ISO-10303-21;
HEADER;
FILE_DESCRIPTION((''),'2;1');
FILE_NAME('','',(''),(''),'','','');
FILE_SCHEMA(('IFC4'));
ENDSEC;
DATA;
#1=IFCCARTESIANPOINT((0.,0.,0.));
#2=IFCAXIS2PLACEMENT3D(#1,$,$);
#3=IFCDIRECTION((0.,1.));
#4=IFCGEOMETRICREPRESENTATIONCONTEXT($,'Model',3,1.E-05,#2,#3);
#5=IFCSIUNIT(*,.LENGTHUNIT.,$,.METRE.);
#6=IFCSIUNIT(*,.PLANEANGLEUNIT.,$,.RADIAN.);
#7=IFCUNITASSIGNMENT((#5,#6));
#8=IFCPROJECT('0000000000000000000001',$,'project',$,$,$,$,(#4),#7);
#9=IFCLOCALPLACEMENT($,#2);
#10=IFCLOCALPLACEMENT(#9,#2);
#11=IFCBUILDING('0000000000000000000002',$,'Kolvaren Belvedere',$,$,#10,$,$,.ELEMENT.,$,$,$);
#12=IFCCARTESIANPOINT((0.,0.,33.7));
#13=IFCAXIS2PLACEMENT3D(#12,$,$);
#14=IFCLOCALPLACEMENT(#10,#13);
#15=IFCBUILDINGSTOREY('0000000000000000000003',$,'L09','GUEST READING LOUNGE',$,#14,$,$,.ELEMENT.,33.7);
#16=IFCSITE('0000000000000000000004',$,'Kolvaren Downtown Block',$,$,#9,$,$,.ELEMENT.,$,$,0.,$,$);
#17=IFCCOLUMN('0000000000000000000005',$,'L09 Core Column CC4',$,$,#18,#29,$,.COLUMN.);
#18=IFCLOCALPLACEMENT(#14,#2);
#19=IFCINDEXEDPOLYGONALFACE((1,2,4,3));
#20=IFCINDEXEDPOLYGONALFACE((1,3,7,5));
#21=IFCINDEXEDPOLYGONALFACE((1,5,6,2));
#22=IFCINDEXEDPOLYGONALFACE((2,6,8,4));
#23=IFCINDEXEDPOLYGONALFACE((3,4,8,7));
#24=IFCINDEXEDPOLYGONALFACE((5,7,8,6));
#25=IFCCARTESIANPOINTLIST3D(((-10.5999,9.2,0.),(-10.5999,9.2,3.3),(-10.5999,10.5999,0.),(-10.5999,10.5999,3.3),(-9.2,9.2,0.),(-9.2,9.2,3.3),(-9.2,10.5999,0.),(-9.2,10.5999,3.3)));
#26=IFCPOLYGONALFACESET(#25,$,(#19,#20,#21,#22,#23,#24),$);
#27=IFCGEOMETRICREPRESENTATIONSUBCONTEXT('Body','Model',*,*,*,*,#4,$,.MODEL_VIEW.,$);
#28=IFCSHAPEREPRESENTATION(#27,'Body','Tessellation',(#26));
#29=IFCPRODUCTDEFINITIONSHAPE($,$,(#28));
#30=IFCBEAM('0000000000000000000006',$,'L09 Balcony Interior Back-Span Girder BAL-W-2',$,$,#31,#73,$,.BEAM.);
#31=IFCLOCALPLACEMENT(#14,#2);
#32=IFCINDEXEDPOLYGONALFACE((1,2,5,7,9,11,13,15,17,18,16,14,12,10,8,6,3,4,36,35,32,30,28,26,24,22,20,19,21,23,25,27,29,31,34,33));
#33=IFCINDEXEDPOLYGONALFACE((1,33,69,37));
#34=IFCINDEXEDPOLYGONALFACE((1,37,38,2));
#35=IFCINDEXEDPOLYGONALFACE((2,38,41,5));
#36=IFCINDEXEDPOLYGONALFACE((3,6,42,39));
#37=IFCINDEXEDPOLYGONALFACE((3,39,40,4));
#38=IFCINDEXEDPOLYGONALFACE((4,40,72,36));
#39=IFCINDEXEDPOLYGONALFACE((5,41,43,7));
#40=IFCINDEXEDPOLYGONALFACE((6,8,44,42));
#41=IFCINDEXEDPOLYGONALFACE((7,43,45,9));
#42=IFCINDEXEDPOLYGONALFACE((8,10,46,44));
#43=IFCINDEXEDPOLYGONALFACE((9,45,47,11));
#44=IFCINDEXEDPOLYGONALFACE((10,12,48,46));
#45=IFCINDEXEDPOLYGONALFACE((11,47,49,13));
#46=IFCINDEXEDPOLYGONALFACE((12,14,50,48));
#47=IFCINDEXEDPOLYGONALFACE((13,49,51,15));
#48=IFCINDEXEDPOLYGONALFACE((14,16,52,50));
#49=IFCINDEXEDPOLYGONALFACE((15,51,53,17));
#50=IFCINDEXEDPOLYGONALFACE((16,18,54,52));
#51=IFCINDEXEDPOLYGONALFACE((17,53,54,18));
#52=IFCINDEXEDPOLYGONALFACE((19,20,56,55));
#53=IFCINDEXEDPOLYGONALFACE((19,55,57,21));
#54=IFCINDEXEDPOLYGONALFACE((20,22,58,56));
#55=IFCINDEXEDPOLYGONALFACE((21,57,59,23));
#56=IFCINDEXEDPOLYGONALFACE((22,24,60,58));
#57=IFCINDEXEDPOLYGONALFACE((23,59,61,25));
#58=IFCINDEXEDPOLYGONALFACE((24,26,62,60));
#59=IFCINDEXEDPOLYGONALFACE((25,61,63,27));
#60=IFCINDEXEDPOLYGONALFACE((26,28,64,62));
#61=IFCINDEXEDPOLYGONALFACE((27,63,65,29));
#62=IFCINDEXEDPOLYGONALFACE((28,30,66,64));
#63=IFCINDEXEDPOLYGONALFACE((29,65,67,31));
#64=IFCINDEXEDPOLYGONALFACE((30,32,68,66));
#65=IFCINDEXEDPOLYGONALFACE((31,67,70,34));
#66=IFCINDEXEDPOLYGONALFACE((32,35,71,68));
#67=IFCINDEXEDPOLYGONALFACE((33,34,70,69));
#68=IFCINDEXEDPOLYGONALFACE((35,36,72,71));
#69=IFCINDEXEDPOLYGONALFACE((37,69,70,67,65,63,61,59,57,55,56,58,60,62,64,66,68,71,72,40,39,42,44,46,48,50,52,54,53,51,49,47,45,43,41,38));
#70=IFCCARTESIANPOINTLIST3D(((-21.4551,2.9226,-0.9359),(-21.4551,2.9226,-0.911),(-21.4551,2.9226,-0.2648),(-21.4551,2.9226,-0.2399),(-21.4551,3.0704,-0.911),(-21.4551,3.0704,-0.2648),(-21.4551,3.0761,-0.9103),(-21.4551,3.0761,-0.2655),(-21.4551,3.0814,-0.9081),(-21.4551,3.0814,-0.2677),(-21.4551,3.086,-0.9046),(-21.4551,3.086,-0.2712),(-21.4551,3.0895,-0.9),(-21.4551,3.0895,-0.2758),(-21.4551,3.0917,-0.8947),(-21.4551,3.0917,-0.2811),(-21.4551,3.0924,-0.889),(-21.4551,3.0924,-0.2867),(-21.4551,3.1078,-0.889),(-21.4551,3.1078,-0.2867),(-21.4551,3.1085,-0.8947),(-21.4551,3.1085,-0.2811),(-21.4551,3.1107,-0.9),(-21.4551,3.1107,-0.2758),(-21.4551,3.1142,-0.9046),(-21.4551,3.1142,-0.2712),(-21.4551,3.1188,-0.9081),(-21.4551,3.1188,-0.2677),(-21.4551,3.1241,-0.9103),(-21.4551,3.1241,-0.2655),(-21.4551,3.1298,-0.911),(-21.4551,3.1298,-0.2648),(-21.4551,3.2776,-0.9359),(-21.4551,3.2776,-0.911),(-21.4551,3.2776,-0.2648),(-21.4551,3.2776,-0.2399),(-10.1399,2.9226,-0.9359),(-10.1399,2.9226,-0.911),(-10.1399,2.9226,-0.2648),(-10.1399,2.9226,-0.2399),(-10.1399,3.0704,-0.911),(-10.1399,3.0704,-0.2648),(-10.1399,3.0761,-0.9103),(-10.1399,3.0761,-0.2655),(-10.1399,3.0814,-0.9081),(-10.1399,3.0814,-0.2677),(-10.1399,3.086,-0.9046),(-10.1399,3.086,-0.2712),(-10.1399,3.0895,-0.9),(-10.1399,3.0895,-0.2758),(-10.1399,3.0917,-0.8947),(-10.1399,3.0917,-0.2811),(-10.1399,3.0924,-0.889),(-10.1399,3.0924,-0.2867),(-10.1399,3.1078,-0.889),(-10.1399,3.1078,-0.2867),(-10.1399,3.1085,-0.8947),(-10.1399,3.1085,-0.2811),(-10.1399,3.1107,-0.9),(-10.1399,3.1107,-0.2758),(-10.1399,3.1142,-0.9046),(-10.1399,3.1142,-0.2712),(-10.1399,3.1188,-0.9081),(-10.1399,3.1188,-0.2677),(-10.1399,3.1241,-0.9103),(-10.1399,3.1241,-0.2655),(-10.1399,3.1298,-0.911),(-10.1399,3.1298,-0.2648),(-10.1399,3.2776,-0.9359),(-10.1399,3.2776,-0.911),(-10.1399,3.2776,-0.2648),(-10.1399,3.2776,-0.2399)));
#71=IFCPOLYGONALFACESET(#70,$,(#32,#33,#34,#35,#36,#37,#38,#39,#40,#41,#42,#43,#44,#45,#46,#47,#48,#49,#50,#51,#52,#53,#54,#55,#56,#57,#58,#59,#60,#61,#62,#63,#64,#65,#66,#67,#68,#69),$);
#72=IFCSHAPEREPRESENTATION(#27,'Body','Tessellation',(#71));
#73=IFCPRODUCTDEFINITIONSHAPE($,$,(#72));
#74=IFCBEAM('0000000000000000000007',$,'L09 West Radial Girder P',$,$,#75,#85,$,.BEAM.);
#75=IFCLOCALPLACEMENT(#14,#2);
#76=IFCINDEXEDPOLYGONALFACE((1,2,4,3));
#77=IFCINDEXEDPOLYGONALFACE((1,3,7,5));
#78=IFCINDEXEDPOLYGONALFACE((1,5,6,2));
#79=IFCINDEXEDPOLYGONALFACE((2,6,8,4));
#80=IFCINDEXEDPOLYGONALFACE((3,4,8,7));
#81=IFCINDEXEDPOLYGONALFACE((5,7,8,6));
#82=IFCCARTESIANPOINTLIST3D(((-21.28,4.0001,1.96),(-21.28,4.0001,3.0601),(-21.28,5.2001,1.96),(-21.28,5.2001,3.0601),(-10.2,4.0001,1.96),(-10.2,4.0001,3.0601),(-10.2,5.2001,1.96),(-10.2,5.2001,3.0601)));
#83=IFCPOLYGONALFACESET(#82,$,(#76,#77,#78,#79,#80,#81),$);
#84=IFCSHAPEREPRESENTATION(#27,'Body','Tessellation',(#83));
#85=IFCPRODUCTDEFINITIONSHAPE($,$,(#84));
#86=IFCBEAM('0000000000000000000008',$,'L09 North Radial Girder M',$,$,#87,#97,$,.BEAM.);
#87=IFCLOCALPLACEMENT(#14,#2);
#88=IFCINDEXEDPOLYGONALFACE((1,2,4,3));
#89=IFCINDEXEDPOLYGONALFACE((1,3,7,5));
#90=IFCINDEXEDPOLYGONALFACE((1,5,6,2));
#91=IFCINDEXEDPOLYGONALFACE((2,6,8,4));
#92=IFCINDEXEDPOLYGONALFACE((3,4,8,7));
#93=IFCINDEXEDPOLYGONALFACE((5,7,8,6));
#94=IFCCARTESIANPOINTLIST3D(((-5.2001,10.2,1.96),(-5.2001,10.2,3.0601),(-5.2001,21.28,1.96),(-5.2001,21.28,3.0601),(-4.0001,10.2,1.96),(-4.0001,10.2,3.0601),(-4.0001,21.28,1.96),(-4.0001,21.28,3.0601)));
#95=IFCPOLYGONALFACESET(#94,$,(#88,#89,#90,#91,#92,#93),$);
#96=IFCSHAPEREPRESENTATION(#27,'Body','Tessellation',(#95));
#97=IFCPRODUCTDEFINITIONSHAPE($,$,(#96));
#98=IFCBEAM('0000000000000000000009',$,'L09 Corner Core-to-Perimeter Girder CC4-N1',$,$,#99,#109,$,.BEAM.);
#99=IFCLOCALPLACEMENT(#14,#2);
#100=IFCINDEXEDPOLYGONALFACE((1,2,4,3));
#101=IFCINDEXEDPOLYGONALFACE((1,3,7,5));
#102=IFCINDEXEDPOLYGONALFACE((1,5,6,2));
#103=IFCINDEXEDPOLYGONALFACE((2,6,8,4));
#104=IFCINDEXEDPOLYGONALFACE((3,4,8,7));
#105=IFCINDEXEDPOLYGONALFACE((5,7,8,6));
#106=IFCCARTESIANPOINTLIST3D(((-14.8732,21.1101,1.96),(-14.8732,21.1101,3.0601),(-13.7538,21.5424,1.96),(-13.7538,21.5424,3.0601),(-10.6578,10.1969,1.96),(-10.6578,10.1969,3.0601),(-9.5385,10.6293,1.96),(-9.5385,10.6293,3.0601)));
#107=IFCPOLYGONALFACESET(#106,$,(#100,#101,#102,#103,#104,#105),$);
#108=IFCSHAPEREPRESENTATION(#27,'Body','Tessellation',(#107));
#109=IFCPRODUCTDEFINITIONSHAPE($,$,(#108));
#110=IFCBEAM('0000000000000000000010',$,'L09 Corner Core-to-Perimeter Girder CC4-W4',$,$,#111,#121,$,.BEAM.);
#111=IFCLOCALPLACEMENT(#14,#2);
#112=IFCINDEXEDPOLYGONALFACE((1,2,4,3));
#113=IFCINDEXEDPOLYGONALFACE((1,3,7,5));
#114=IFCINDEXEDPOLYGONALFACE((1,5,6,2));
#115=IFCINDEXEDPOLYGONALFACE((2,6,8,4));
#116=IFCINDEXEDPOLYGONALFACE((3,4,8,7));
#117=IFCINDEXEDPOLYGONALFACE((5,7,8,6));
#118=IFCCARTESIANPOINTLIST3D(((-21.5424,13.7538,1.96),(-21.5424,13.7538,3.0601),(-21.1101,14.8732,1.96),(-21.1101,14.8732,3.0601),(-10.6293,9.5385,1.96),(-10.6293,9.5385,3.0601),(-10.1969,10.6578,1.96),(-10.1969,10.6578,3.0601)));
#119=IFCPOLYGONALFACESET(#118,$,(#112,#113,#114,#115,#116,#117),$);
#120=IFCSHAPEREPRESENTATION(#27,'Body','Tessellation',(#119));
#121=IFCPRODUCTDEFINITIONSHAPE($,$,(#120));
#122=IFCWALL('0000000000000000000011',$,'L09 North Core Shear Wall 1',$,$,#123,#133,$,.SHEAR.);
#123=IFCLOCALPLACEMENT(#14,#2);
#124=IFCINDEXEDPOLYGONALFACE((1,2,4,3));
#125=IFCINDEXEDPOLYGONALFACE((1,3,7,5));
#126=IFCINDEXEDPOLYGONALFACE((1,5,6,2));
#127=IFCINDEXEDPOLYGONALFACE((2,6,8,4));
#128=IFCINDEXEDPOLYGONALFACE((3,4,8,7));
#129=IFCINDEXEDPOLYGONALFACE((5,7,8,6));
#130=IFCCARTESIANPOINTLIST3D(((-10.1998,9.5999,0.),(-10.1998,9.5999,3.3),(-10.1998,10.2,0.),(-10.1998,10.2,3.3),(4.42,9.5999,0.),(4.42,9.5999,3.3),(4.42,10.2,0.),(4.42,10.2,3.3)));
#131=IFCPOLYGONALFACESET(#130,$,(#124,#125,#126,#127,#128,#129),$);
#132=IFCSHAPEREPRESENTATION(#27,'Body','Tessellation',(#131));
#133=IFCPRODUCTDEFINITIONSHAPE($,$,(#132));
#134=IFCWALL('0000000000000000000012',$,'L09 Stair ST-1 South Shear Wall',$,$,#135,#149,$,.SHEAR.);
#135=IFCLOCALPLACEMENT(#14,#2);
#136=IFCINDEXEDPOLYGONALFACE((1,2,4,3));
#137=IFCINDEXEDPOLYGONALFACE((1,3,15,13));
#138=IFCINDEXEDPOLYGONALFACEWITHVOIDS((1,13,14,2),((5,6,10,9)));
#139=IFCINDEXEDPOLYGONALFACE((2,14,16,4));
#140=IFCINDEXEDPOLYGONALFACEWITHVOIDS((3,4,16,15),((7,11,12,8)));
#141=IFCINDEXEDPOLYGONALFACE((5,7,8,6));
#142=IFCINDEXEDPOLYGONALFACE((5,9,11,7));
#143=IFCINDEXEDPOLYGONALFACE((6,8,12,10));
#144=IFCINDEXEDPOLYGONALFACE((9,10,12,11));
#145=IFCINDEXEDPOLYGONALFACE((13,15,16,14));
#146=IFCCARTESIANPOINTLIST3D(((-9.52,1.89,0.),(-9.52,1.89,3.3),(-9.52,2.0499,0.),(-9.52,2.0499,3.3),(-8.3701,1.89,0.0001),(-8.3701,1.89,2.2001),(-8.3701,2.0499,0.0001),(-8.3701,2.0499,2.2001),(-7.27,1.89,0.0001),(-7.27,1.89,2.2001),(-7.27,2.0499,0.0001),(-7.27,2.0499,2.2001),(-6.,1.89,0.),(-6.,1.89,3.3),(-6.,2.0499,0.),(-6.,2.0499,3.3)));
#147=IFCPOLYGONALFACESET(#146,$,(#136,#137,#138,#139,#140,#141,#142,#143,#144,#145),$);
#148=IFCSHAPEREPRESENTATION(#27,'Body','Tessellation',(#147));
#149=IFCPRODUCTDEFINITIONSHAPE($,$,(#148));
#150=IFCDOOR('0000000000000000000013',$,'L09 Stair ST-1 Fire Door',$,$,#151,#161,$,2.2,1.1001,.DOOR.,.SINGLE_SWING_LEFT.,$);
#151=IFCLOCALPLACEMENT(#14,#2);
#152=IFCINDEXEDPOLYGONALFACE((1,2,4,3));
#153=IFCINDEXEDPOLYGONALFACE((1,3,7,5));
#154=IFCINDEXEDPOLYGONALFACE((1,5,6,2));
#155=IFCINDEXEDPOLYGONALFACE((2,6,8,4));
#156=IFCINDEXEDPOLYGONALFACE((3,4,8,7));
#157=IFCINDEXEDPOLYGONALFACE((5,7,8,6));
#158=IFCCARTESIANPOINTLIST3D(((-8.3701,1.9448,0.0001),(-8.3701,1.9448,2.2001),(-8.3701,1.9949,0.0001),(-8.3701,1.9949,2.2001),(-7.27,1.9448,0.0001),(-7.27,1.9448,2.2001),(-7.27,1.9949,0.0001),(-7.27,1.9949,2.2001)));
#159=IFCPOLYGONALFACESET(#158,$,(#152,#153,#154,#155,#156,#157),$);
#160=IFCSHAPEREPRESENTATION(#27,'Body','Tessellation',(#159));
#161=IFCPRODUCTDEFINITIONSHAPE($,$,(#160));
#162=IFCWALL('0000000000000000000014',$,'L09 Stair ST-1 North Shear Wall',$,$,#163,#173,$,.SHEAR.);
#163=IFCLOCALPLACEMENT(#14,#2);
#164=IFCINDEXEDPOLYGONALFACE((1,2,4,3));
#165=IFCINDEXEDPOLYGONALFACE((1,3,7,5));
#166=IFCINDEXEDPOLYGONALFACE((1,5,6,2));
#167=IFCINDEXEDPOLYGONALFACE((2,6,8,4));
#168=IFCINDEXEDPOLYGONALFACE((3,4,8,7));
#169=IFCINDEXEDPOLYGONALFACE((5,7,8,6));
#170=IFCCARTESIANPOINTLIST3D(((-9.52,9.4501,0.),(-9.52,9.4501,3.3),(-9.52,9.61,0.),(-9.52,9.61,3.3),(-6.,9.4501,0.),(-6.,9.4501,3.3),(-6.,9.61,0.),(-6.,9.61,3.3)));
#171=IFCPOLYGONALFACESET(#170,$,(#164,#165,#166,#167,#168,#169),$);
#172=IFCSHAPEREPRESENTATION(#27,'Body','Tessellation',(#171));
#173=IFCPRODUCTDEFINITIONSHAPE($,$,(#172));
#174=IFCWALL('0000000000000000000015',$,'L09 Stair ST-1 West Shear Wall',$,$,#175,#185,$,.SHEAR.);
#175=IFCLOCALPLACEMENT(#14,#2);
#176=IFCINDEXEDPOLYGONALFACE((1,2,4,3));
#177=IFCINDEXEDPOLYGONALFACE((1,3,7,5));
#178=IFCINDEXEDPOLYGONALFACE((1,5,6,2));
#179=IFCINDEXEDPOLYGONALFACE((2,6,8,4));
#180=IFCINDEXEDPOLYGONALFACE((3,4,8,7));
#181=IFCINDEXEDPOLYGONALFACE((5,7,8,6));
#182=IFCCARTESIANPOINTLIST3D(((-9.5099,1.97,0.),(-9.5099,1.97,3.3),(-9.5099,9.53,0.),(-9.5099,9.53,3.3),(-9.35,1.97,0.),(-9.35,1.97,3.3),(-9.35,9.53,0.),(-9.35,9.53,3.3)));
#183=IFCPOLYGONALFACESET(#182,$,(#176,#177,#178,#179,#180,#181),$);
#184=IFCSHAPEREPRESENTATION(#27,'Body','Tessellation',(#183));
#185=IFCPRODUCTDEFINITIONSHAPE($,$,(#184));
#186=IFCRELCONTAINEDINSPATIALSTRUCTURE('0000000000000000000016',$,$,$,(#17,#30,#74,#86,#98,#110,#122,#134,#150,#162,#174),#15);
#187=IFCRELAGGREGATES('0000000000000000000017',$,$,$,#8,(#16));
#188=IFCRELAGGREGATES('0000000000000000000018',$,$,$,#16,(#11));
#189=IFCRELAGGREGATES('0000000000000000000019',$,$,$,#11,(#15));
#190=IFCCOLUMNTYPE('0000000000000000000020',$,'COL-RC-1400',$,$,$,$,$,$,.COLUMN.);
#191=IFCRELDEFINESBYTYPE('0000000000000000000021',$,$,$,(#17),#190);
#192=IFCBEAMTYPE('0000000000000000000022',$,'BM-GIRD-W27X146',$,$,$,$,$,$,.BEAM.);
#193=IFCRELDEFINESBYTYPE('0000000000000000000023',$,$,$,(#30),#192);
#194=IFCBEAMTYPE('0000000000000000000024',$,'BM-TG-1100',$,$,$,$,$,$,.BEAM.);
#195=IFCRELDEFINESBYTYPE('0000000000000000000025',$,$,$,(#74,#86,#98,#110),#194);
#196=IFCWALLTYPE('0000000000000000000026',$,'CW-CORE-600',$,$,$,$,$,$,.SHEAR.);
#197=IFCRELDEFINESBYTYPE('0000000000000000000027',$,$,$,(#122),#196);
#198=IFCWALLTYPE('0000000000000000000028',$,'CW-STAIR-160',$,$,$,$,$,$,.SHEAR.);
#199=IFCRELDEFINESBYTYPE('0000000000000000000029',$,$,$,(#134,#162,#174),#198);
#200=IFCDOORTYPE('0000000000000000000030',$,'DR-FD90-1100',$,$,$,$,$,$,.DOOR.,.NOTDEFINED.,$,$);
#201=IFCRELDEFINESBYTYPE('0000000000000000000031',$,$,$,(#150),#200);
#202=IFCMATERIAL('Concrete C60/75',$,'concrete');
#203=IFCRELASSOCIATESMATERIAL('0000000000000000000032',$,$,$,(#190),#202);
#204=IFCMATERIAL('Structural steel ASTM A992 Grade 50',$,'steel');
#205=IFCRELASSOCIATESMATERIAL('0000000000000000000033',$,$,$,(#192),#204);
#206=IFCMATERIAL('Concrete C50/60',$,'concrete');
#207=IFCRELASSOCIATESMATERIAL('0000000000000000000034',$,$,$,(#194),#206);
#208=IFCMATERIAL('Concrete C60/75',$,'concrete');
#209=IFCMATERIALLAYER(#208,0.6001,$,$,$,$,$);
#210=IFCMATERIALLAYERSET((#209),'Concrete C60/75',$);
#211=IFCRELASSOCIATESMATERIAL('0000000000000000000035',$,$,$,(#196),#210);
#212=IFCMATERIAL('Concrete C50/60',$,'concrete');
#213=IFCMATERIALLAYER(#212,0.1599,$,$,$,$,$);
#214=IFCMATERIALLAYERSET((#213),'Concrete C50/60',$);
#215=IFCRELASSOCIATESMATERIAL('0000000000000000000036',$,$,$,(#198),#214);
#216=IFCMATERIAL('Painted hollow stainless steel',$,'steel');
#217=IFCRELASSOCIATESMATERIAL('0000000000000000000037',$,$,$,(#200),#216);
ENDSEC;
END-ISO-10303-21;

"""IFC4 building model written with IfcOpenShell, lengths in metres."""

from ifc_helpers import new_model, si_unit, direction, frame, frame_2d, origin, origin_2d, place, context, subcontext, project, spatial, rectangle, i_section, extrude, material, layer, layer_set, material_profile, profile_set, type_object, element, fill, save


model = new_model("IFC4")

# Units and contexts
model_context = context("Model", 3, precision=1e-05, world=origin(), true_north=direction((0.0, 1.0)))
body_context = subcontext(model_context, "Body", "Model", "MODEL_VIEW")
ifc_project = project(units=[si_unit("LENGTHUNIT", "METRE"), si_unit("PLANEANGLEUNIT", "RADIAN")], contexts=[model_context])

# Site, building, storey
site_placement = place(None, origin())
site = spatial("IfcSite", under=ifc_project, at=site_placement, Name="Kolvaren Downtown Block", CompositionType="ELEMENT", RefElevation=0.0)
building_placement = place(site_placement, origin())
building = spatial("IfcBuilding", under=site, at=building_placement, Name="Kolvaren Belvedere", CompositionType="ELEMENT")
storey_placement = place(building_placement, frame((0.0, 0.0, 33.7)))
storey = spatial("IfcBuildingStorey", under=building, at=storey_placement, Name="L09", Description="GUEST READING LOUNGE", CompositionType="ELEMENT", Elevation=33.7)

# Column
ifc_material_1 = material(Name="Concrete C60/75", Category="concrete")
ifc_material_profile_1 = material_profile(ifc_material_1, rectangle(XDim=1.3999, YDim=1.3999, at=origin_2d()), Name="RC 1400X1400")
ifc_profile_set_1 = profile_set([ifc_material_profile_1], Name="Concrete C60/75")
column_type = type_object("IfcColumnType", Name="COL-RC-1400", PredefinedType="COLUMN", material=ifc_profile_set_1)
column_placement = place(storey_placement, frame((-9.8999, 9.8999, 0.0), z_axis=(0.0, 0.0, 1.0), x_axis=(1.0, 0.0, 0.0)))
element("IfcColumn", 1, at=column_placement, inside=storey, type_object=column_type, Name="L09 Core Column CC4", PredefinedType="COLUMN", context=body_context, shape_type="SweptSolid", body=[
    extrude(rectangle(XDim=1.3999, YDim=1.3999, at=origin_2d()), origin(), (0.0, 0.0, 1.0), 3.3),
])

# Beams
ifc_material_2 = material(Name="Structural steel ASTM A992 Grade 50", Category="steel")
ifc_material_profile_2 = material_profile(ifc_material_2, i_section(OverallWidth=0.355, OverallDepth=0.696, WebThickness=0.0154, FlangeThickness=0.0249, FilletRadius=0.022, at=origin_2d()), Name="W27X146")
ifc_profile_set_2 = profile_set([ifc_material_profile_2], Name="Structural steel ASTM A992 Grade 50")
beam_type_1 = type_object("IfcBeamType", Name="BM-GIRD-W27X146", PredefinedType="BEAM", material=ifc_profile_set_2)
beam_placement = place(storey_placement, frame((-10.1399, 3.1001, -0.5879), z_axis=(-1.0, 0.0, 0.0), x_axis=(0.0, -1.0, 0.0)))
element("IfcBeam", 2, at=beam_placement, inside=storey, type_object=beam_type_1, Name="L09 Balcony Interior Back-Span Girder BAL-W-2", PredefinedType="BEAM", context=body_context, shape_type="SweptSolid", body=[
    extrude(i_section(OverallWidth=0.355, OverallDepth=0.696, WebThickness=0.0154, FlangeThickness=0.0249, FilletRadius=0.022, at=origin_2d()), origin(), (0.0, 0.0, 1.0), 11.3152),
])
ifc_material_3 = material(Name="Concrete C50/60", Category="concrete")
ifc_material_profile_3 = material_profile(ifc_material_3, rectangle(XDim=1.2, YDim=1.1001, at=origin_2d()), Name="RC 1200X1100")
ifc_profile_set_3 = profile_set([ifc_material_profile_3], Name="Concrete C50/60")
beam_type_2 = type_object("IfcBeamType", Name="BM-TG-1100", PredefinedType="BEAM", material=ifc_profile_set_3)
for number, where, z_axis, x_axis, name in (
    (3, (-10.2, 4.6001, 2.51), (-1.0, 0.0, 0.0), (0.0, -1.0, 0.0), "L09 West Radial Girder P"),
    (4, (-4.6001, 10.2, 2.51), (0.0, 1.0, 0.0), (-1.0, 0.0, 0.0), "L09 North Radial Girder M"),
):
    element("IfcBeam", number, at=place(storey_placement, frame(where, z_axis=z_axis, x_axis=x_axis)), inside=storey, type_object=beam_type_2, Name=name, PredefinedType="BEAM", context=body_context, shape_type="SweptSolid", body=[
        extrude(rectangle(XDim=1.2, YDim=1.1001, at=origin_2d()), origin(), (0.0, 0.0, 1.0), 11.0801),
    ])
for number, where, z_axis, x_axis, name in (
    (5, (-10.0981, 10.4131, 2.51), (-0.360318, 0.932829, 0.0), (-0.932829, -0.360318, 0.0), "L09 Corner Core-to-Perimeter Girder CC4-N1"),
    (6, (-10.4131, 10.0981, 2.51), (-0.932829, 0.360318, 0.0), (-0.360318, -0.932829, 0.0), "L09 Corner Core-to-Perimeter Girder CC4-W4"),
):
    element("IfcBeam", number, at=place(storey_placement, frame(where, z_axis=z_axis, x_axis=x_axis)), inside=storey, type_object=beam_type_2, Name=name, PredefinedType="BEAM", context=body_context, shape_type="SweptSolid", body=[
        extrude(rectangle(XDim=1.2, YDim=1.1001, at=origin_2d()), origin(), (0.0, 0.0, 1.0), 11.699),
    ])

# Wall
ifc_material_4 = material(Name="Concrete C60/75", Category="concrete")
ifc_layer_1 = layer(ifc_material_4, 0.6001)
ifc_layer_set_1 = layer_set([ifc_layer_1], Name="Concrete C60/75")
wall_type_1 = type_object("IfcWallType", Name="CW-CORE-600", PredefinedType="SHEAR", material=ifc_layer_set_1)
wall_1_placement = place(storey_placement, frame((-10.2, 9.8999, 0.0), z_axis=(0.0, 0.0, 1.0), x_axis=(1.0, 0.0, 0.0)))
element("IfcWall", 7, at=wall_1_placement, inside=storey, type_object=wall_type_1, Name="L09 North Core Shear Wall 1", PredefinedType="SHEAR", context=body_context, shape_type="SweptSolid", body=[
    extrude(rectangle(XDim=14.6199, YDim=0.6001, at=frame_2d((7.3101, 0.0))), origin(), (0.0, 0.0, 1.0), 3.3),
])

# Wall, opening, door
ifc_material_5 = material(Name="Concrete C50/60", Category="concrete")
ifc_layer_2 = layer(ifc_material_5, 0.1599)
ifc_layer_set_2 = layer_set([ifc_layer_2], Name="Concrete C50/60")
wall_type_2 = type_object("IfcWallType", Name="CW-STAIR-160", PredefinedType="SHEAR", material=ifc_layer_set_2)
wall_2_placement = place(storey_placement, frame((-9.52, 1.97, 0.0), z_axis=(0.0, 0.0, 1.0), x_axis=(1.0, 0.0, 0.0)))
wall_2 = element("IfcWall", 8, at=wall_2_placement, inside=storey, type_object=wall_type_2, Name="L09 Stair ST-1 South Shear Wall", PredefinedType="SHEAR", context=body_context, shape_type="SweptSolid", body=[
    extrude(rectangle(XDim=3.52, YDim=0.1599, at=frame_2d((1.76, 0.0))), origin(), (0.0, 0.0, 1.0), 3.3),
])
opening_1_placement = place(wall_2_placement, frame((1.1499, 0.0, 0.0)))
opening_1 = element("IfcOpeningElement", 9, at=opening_1_placement, cuts=wall_2, PredefinedType="OPENING", context=body_context, shape_type="SweptSolid", body=[
    extrude(rectangle(XDim=1.1001, YDim=2.2, at=frame_2d((0.55, 1.1001))), frame((0.0, 0.0898, 0.0), z_axis=(0.0, -1.0, 0.0), x_axis=(1.0, 0.0, 0.0)), (0.0, 0.0, 1.0), 0.1799),
])
ifc_material_6 = material(Name="Painted hollow stainless steel", Category="steel")
door_type_1 = type_object("IfcDoorType", Name="DR-FD90-1100", OperationType="NOTDEFINED", PredefinedType="DOOR", material=ifc_material_6)
door_1_placement = place(opening_1_placement, origin())
door_1 = element("IfcDoor", 10, at=door_1_placement, inside=storey, type_object=door_type_1, Name="L09 Stair ST-1 Fire Door", OperationType="SINGLE_SWING_LEFT", OverallHeight=2.2, OverallWidth=1.1001, PredefinedType="DOOR", context=body_context, shape_type="SweptSolid", body=[
    extrude(rectangle(XDim=1.1001, YDim=2.2, at=frame_2d((0.55, 1.1001))), frame((0.0, 0.0249, 0.0), z_axis=(0.0, -1.0, 0.0), x_axis=(1.0, 0.0, 0.0)), (0.0, 0.0, 1.0), 0.05),
])
fill(opening_1, door_1)

# Walls
wall_3_placement = place(storey_placement, frame((-9.52, 9.53, 0.0), z_axis=(0.0, 0.0, 1.0), x_axis=(1.0, 0.0, 0.0)))
element("IfcWall", 11, at=wall_3_placement, inside=storey, type_object=wall_type_2, Name="L09 Stair ST-1 North Shear Wall", PredefinedType="SHEAR", context=body_context, shape_type="SweptSolid", body=[
    extrude(rectangle(XDim=3.52, YDim=0.1599, at=frame_2d((1.76, 0.0))), origin(), (0.0, 0.0, 1.0), 3.3),
])
for number, where, z_axis, x_axis, name in (
    (12, (-9.4299, 1.97, 0.0), (0.0, 0.0, 1.0), (0.0, 1.0, 0.0), "L09 Stair ST-1 West Shear Wall"),
):
    element("IfcWall", number, at=place(storey_placement, frame(where, z_axis=z_axis, x_axis=x_axis)), inside=storey, type_object=wall_type_2, Name=name, PredefinedType="SHEAR", context=body_context, shape_type="SweptSolid", body=[
        extrude(rectangle(XDim=7.5601, YDim=0.1599, at=frame_2d((3.78, 0.0))), origin(), (0.0, 0.0, 1.0), 3.3),
    ])

save(model, "model.ifc")
